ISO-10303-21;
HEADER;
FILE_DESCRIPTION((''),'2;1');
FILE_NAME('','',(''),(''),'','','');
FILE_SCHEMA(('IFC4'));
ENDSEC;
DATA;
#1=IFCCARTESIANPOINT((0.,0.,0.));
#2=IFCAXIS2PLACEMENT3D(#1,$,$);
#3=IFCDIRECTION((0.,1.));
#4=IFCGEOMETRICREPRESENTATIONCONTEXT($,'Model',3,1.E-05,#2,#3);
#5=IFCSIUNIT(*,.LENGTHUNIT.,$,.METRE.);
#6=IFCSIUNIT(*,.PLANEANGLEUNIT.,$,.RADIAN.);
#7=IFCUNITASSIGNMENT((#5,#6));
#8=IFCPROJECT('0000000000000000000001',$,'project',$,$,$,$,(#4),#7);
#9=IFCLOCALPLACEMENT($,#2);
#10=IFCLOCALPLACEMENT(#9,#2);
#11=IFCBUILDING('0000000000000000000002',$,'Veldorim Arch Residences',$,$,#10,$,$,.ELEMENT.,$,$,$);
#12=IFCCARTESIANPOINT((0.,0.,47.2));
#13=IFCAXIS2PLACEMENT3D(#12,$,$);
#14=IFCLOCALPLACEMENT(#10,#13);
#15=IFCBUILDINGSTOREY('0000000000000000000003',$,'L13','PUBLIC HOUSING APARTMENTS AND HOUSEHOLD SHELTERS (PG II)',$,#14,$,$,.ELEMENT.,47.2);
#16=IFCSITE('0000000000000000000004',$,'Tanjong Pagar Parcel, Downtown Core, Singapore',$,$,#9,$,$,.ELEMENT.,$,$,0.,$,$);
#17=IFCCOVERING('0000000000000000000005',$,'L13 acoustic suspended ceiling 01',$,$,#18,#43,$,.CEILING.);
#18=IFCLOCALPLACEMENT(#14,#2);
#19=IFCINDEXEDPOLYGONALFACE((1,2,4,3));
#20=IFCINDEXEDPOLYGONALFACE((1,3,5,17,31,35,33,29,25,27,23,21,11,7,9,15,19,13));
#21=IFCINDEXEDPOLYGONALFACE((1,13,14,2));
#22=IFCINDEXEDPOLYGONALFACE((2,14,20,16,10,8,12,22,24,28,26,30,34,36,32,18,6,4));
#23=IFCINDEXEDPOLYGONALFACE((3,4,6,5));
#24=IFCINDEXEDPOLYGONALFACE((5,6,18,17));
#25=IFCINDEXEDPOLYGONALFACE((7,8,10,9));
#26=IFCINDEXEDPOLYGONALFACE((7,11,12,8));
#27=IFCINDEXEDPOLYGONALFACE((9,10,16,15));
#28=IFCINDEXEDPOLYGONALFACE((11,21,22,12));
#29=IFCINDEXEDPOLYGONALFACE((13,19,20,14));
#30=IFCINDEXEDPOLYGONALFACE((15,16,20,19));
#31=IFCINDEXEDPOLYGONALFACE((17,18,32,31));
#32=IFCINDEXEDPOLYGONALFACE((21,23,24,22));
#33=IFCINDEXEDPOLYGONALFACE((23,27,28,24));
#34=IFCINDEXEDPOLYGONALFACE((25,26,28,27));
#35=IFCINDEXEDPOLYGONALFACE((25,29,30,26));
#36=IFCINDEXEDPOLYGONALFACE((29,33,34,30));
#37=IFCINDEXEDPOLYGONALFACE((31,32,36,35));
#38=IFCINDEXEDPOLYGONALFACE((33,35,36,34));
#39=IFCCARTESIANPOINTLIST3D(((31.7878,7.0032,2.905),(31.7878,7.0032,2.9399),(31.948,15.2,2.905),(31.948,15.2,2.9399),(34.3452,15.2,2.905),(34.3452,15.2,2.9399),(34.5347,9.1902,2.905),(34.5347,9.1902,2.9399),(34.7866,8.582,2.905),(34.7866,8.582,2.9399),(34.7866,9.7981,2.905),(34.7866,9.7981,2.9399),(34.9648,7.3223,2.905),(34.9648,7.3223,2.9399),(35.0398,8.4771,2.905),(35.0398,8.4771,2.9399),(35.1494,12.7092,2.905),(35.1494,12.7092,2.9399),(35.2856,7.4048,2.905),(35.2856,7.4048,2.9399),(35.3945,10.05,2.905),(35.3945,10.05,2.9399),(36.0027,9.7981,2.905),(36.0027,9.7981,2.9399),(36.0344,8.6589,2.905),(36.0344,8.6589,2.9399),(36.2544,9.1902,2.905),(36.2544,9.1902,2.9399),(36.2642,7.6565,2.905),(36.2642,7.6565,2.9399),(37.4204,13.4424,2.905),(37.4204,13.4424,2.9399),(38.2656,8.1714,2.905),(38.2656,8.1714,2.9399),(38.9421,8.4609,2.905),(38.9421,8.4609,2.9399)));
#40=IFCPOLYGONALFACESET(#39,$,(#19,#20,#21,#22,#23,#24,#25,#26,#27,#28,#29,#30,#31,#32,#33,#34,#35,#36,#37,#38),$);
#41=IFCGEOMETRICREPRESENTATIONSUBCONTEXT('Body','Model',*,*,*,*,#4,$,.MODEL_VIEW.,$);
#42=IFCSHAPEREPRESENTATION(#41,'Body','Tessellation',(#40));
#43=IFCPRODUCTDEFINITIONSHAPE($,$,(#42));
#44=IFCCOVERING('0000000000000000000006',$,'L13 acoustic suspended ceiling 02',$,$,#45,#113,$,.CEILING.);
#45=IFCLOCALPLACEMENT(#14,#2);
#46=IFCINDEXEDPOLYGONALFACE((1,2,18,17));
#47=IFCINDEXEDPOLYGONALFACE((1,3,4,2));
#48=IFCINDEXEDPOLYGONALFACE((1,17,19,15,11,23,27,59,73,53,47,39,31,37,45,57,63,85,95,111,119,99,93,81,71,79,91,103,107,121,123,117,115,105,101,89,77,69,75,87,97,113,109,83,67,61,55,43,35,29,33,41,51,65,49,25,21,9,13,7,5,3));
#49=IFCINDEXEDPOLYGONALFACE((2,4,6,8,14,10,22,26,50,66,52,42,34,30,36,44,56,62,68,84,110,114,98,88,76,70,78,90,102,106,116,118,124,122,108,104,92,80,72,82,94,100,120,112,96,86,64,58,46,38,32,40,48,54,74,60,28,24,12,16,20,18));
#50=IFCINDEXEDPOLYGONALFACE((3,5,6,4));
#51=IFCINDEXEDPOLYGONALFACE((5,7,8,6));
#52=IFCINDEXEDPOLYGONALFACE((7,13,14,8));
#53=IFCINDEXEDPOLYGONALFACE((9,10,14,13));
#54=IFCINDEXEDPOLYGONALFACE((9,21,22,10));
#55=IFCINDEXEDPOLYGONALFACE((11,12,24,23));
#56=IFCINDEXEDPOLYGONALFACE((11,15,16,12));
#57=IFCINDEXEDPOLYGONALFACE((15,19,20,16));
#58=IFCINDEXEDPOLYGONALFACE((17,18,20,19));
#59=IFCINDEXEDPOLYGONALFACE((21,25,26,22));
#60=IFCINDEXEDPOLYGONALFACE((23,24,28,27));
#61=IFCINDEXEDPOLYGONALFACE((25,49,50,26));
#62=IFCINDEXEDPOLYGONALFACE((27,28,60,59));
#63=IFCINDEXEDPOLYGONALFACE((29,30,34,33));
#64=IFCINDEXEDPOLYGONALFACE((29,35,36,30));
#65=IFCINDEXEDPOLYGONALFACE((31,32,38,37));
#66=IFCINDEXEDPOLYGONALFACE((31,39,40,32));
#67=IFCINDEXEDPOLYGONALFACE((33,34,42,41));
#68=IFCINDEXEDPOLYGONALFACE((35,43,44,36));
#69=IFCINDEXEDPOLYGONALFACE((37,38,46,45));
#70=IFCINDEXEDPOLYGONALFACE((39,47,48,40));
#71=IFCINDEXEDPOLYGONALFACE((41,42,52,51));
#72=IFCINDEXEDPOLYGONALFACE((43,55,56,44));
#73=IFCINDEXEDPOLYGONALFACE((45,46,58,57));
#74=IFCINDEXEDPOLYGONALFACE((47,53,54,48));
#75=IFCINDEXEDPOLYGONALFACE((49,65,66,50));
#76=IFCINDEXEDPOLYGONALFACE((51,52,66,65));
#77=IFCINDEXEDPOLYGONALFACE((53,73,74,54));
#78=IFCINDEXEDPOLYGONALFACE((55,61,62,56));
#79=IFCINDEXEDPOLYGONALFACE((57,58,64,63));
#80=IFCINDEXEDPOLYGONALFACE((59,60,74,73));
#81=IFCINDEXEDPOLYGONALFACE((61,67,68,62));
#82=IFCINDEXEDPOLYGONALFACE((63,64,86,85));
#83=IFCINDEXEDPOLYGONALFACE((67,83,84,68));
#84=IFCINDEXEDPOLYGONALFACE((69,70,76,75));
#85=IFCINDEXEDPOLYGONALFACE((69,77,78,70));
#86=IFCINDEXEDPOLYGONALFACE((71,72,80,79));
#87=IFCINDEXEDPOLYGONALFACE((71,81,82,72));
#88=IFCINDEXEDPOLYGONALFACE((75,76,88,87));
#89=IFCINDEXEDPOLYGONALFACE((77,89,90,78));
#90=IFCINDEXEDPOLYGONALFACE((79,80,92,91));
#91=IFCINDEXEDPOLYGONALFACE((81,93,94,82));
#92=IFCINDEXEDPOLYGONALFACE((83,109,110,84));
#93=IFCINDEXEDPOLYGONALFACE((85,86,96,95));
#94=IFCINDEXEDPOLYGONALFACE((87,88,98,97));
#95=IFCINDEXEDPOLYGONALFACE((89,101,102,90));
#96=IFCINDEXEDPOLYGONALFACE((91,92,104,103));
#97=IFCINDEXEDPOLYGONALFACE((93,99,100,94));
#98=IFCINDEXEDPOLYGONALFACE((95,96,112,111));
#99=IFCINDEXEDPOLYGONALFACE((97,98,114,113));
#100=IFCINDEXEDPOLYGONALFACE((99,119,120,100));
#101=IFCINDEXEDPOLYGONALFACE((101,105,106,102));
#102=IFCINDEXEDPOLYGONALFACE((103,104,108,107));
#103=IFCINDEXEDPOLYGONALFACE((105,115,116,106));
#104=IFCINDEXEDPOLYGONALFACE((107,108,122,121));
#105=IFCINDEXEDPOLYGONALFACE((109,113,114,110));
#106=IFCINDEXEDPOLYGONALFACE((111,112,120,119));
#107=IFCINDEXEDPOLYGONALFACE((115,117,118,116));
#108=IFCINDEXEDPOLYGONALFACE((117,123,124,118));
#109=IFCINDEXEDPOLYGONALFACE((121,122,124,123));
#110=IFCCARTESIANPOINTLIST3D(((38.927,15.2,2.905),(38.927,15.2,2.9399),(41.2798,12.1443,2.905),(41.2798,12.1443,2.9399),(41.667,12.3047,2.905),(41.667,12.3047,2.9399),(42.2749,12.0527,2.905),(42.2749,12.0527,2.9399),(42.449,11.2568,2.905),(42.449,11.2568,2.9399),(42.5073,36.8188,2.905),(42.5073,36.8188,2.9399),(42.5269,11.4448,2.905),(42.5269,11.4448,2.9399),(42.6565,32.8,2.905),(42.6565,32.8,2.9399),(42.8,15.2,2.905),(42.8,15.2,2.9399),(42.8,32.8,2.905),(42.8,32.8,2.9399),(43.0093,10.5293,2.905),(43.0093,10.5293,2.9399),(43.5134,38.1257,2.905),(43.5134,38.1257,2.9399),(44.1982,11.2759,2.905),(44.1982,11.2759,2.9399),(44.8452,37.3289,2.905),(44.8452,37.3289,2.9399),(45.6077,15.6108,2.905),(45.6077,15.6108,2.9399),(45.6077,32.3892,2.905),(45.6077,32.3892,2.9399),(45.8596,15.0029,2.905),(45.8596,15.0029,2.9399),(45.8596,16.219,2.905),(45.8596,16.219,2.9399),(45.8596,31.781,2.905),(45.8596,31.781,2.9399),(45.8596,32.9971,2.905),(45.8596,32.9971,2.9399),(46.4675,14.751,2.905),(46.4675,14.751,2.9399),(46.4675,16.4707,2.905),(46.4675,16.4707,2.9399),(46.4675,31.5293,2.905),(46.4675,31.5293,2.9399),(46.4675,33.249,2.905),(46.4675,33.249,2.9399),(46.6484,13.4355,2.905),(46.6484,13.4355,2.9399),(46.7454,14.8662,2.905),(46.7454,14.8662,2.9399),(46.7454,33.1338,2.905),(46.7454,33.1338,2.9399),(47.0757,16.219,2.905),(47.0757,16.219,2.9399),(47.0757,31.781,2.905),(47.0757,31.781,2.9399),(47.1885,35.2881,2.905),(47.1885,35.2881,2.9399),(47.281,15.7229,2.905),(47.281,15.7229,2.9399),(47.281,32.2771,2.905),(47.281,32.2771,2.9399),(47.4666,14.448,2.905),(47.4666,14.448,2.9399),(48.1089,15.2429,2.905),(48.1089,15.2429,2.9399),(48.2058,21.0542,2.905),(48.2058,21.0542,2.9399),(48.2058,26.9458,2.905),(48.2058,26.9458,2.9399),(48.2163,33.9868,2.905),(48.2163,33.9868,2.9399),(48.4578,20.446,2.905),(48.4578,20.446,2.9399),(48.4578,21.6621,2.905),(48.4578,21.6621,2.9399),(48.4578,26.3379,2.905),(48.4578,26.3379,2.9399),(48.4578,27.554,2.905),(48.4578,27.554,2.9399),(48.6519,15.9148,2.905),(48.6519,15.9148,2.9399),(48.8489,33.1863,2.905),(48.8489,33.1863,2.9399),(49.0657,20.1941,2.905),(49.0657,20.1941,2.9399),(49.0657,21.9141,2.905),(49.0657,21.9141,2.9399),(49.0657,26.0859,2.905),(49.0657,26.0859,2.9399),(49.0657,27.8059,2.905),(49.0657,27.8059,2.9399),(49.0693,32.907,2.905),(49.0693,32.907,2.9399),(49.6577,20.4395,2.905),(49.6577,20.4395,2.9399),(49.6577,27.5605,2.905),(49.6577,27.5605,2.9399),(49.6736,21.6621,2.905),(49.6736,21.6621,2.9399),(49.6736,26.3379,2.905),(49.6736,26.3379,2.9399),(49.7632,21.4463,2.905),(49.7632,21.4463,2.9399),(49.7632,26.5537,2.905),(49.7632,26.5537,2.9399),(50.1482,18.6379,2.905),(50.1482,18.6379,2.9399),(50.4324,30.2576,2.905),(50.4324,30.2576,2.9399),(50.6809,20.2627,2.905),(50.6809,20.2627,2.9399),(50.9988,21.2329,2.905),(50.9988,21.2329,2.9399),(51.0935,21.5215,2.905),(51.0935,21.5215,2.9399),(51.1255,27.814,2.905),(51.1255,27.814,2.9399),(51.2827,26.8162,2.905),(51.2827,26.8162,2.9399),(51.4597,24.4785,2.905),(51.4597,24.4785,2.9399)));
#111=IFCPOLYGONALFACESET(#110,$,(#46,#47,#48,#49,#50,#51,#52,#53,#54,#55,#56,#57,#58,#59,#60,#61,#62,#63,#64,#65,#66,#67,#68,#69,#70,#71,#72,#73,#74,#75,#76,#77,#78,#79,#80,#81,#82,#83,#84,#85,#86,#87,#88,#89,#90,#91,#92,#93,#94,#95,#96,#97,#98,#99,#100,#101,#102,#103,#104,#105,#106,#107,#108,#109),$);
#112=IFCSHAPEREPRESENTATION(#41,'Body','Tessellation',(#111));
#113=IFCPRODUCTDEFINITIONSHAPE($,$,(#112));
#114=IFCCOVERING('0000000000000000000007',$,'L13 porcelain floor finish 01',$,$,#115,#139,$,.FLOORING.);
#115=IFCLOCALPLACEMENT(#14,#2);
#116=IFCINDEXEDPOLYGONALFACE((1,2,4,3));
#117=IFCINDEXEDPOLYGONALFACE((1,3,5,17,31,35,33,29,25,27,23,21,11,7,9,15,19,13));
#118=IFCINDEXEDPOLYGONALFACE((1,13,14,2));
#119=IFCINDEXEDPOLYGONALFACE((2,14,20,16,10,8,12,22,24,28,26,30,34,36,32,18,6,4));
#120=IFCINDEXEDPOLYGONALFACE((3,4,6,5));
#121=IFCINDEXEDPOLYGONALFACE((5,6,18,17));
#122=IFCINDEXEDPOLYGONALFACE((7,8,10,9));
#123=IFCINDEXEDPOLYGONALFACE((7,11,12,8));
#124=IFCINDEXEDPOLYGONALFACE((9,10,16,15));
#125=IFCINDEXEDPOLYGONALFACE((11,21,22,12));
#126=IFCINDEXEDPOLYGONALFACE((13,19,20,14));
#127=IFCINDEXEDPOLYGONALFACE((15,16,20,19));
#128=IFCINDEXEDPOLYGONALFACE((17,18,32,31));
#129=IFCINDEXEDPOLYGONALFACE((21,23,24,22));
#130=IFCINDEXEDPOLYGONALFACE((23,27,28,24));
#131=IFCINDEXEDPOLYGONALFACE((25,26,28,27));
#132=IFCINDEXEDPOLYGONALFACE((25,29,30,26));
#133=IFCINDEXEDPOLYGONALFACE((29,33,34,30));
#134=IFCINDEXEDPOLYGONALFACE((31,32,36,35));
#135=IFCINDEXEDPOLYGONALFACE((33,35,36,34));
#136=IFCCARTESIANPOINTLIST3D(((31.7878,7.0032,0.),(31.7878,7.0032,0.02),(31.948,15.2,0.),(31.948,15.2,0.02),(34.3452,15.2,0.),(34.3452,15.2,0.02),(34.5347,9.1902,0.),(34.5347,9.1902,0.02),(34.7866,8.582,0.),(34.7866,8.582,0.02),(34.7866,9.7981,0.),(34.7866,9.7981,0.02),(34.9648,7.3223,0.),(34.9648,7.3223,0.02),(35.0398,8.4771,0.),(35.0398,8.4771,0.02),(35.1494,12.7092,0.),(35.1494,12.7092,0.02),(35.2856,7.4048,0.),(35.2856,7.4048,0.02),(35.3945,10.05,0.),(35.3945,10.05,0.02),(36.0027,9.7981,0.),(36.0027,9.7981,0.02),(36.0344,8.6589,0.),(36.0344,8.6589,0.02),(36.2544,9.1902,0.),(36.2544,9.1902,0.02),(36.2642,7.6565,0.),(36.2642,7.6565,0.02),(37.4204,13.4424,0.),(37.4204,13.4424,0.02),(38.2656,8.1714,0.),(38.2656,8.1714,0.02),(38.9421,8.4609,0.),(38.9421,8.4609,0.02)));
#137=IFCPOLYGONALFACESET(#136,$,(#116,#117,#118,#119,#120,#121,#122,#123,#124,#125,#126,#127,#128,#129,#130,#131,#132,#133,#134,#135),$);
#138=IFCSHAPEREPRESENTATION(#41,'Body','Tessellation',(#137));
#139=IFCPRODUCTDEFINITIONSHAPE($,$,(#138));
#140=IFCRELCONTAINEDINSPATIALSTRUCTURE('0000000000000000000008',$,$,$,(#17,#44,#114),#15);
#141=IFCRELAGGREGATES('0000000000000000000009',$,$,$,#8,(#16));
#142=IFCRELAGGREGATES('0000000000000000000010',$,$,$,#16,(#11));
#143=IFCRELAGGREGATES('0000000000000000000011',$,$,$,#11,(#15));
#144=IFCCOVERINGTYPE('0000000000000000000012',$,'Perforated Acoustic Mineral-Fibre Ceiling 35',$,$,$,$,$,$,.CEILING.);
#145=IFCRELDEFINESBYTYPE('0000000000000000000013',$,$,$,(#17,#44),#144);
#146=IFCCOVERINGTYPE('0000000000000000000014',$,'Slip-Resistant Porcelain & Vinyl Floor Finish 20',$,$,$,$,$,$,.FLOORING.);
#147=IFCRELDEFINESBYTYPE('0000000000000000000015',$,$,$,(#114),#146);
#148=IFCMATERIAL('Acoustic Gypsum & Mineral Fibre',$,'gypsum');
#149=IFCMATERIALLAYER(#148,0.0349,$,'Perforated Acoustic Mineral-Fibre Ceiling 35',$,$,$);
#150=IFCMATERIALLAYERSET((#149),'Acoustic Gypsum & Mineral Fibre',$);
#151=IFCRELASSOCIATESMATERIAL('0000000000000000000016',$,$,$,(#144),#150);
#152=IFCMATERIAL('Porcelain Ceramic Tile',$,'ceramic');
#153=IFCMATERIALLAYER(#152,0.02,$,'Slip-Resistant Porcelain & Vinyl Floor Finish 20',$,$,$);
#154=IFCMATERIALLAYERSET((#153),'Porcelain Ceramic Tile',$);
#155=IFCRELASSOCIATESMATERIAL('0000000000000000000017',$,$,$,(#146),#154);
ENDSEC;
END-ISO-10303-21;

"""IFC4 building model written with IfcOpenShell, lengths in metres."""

from ifc_helpers import new_model, si_unit, direction, frame, origin, place, context, subcontext, project, spatial, polyline, outline, extrude, material, layer, layer_set, type_object, element, save


model = new_model("IFC4")

# Units and contexts
model_context = context("Model", 3, precision=1e-05, world=origin(), true_north=direction((0.0, 1.0)))
body_context = subcontext(model_context, "Body", "Model", "MODEL_VIEW")
ifc_project = project(units=[si_unit("LENGTHUNIT", "METRE"), si_unit("PLANEANGLEUNIT", "RADIAN")], contexts=[model_context])

# Site, building, storey
site_placement = place(None, origin())
site = spatial("IfcSite", under=ifc_project, at=site_placement, Name="Tanjong Pagar Parcel, Downtown Core, Singapore", CompositionType="ELEMENT", RefElevation=0.0)
building_placement = place(site_placement, origin())
building = spatial("IfcBuilding", under=site, at=building_placement, Name="Veldorim Arch Residences", CompositionType="ELEMENT")
storey_placement = place(building_placement, frame((0.0, 0.0, 47.2)))
storey = spatial("IfcBuildingStorey", under=building, at=storey_placement, Name="L13", Description="PUBLIC HOUSING APARTMENTS AND HOUSEHOLD SHELTERS (PG II)", CompositionType="ELEMENT", Elevation=47.2)

# Coverings
ifc_material_1 = material(Name="Acoustic Gypsum & Mineral Fibre", Category="gypsum")
ifc_layer_1 = layer(ifc_material_1, 0.0349, Name="Perforated Acoustic Mineral-Fibre Ceiling 35")
ifc_layer_set_1 = layer_set([ifc_layer_1], Name="Acoustic Gypsum & Mineral Fibre")
covering_type_1 = type_object("IfcCoveringType", Name="Perforated Acoustic Mineral-Fibre Ceiling 35", PredefinedType="CEILING", material=ifc_layer_set_1)
covering_1_placement = place(storey_placement, frame((0.0, 0.0, 2.905)))
element("IfcCovering", 1, at=covering_1_placement, inside=storey, type_object=covering_type_1, Name="L13 acoustic suspended ceiling 01", PredefinedType="CEILING", context=body_context, shape_type="SweptSolid", body=[
    extrude(outline(polyline([(36.2544, 9.1902), (36.0027, 9.7981), (35.3945, 10.05), (34.7866, 9.7981), (34.5347, 9.1902), (34.7866, 8.582), (35.0398, 8.4771), (35.2856, 7.4048), (34.9648, 7.3223), (31.7878, 7.0032), (31.948, 15.2), (34.3452, 15.2), (35.1494, 12.7092), (37.4204, 13.4424), (38.9421, 8.4609), (38.2656, 8.1714), (36.2642, 7.6565), (36.0344, 8.6589), (36.2544, 9.1902)])), origin(), (0.0, 0.0, 1.0), 0.0349),
])
covering_2_placement = place(storey_placement, frame((0.0, 0.0, 2.905)))
element("IfcCovering", 2, at=covering_2_placement, inside=storey, type_object=covering_type_1, Name="L13 acoustic suspended ceiling 02", PredefinedType="CEILING", context=body_context, shape_type="SweptSolid", body=[
    extrude(outline(polyline([(43.5134, 38.1257), (44.8452, 37.3289), (47.1885, 35.2881), (48.2163, 33.9868), (46.7454, 33.1338), (46.4675, 33.249), (45.8596, 32.9971), (45.6077, 32.3892), (45.8596, 31.781), (46.4675, 31.5293), (47.0757, 31.781), (47.281, 32.2771), (48.8489, 33.1863), (49.0693, 32.907), (50.4324, 30.2576), (51.1255, 27.814), (49.6577, 27.5605), (49.0657, 27.8059), (48.4578, 27.554), (48.2058, 26.9458), (48.4578, 26.3379), (49.0657, 26.0859), (49.6736, 26.3379), (49.7632, 26.5537), (51.2827, 26.8162), (51.4597, 24.4785), (51.0935, 21.5215), (50.9988, 21.2329), (49.7632, 21.4463), (49.6736, 21.6621), (49.0657, 21.9141), (48.4578, 21.6621), (48.2058, 21.0542), (48.4578, 20.446), (49.0657, 20.1941), (49.6577, 20.4395), (50.6809, 20.2627), (50.1482, 18.6379), (48.6519, 15.9148), (48.1089, 15.2429), (47.281, 15.7229), (47.0757, 16.219), (46.4675, 16.4707), (45.8596, 16.219), (45.6077, 15.6108), (45.8596, 15.0029), (46.4675, 14.751), (46.7454, 14.8662), (47.4666, 14.448), (46.6484, 13.4355), (44.1982, 11.2759), (43.0093, 10.5293), (42.449, 11.2568), (42.5269, 11.4448), (42.2749, 12.0527), (41.667, 12.3047), (41.2798, 12.1443), (38.927, 15.2), (42.8, 15.2), (42.8, 32.8), (42.6565, 32.8), (42.5073, 36.8188), (43.5134, 38.1257)])), origin(), (0.0, 0.0, 1.0), 0.0349),
])
ifc_material_2 = material(Name="Porcelain Ceramic Tile", Category="ceramic")
ifc_layer_2 = layer(ifc_material_2, 0.02, Name="Slip-Resistant Porcelain & Vinyl Floor Finish 20")
ifc_layer_set_2 = layer_set([ifc_layer_2], Name="Porcelain Ceramic Tile")
covering_type_2 = type_object("IfcCoveringType", Name="Slip-Resistant Porcelain & Vinyl Floor Finish 20", PredefinedType="FLOORING", material=ifc_layer_set_2)
covering_3_placement = place(storey_placement, origin())
element("IfcCovering", 3, at=covering_3_placement, inside=storey, type_object=covering_type_2, Name="L13 porcelain floor finish 01", PredefinedType="FLOORING", context=body_context, shape_type="SweptSolid", body=[
    extrude(outline(polyline([(36.2544, 9.1902), (36.0027, 9.7981), (35.3945, 10.05), (34.7866, 9.7981), (34.5347, 9.1902), (34.7866, 8.582), (35.0398, 8.4771), (35.2856, 7.4048), (34.9648, 7.3223), (31.7878, 7.0032), (31.948, 15.2), (34.3452, 15.2), (35.1494, 12.7092), (37.4204, 13.4424), (38.9421, 8.4609), (38.2656, 8.1714), (36.2642, 7.6565), (36.0344, 8.6589), (36.2544, 9.1902)])), origin(), (0.0, 0.0, 1.0), 0.02),
])

save(model, "model.ifc")
